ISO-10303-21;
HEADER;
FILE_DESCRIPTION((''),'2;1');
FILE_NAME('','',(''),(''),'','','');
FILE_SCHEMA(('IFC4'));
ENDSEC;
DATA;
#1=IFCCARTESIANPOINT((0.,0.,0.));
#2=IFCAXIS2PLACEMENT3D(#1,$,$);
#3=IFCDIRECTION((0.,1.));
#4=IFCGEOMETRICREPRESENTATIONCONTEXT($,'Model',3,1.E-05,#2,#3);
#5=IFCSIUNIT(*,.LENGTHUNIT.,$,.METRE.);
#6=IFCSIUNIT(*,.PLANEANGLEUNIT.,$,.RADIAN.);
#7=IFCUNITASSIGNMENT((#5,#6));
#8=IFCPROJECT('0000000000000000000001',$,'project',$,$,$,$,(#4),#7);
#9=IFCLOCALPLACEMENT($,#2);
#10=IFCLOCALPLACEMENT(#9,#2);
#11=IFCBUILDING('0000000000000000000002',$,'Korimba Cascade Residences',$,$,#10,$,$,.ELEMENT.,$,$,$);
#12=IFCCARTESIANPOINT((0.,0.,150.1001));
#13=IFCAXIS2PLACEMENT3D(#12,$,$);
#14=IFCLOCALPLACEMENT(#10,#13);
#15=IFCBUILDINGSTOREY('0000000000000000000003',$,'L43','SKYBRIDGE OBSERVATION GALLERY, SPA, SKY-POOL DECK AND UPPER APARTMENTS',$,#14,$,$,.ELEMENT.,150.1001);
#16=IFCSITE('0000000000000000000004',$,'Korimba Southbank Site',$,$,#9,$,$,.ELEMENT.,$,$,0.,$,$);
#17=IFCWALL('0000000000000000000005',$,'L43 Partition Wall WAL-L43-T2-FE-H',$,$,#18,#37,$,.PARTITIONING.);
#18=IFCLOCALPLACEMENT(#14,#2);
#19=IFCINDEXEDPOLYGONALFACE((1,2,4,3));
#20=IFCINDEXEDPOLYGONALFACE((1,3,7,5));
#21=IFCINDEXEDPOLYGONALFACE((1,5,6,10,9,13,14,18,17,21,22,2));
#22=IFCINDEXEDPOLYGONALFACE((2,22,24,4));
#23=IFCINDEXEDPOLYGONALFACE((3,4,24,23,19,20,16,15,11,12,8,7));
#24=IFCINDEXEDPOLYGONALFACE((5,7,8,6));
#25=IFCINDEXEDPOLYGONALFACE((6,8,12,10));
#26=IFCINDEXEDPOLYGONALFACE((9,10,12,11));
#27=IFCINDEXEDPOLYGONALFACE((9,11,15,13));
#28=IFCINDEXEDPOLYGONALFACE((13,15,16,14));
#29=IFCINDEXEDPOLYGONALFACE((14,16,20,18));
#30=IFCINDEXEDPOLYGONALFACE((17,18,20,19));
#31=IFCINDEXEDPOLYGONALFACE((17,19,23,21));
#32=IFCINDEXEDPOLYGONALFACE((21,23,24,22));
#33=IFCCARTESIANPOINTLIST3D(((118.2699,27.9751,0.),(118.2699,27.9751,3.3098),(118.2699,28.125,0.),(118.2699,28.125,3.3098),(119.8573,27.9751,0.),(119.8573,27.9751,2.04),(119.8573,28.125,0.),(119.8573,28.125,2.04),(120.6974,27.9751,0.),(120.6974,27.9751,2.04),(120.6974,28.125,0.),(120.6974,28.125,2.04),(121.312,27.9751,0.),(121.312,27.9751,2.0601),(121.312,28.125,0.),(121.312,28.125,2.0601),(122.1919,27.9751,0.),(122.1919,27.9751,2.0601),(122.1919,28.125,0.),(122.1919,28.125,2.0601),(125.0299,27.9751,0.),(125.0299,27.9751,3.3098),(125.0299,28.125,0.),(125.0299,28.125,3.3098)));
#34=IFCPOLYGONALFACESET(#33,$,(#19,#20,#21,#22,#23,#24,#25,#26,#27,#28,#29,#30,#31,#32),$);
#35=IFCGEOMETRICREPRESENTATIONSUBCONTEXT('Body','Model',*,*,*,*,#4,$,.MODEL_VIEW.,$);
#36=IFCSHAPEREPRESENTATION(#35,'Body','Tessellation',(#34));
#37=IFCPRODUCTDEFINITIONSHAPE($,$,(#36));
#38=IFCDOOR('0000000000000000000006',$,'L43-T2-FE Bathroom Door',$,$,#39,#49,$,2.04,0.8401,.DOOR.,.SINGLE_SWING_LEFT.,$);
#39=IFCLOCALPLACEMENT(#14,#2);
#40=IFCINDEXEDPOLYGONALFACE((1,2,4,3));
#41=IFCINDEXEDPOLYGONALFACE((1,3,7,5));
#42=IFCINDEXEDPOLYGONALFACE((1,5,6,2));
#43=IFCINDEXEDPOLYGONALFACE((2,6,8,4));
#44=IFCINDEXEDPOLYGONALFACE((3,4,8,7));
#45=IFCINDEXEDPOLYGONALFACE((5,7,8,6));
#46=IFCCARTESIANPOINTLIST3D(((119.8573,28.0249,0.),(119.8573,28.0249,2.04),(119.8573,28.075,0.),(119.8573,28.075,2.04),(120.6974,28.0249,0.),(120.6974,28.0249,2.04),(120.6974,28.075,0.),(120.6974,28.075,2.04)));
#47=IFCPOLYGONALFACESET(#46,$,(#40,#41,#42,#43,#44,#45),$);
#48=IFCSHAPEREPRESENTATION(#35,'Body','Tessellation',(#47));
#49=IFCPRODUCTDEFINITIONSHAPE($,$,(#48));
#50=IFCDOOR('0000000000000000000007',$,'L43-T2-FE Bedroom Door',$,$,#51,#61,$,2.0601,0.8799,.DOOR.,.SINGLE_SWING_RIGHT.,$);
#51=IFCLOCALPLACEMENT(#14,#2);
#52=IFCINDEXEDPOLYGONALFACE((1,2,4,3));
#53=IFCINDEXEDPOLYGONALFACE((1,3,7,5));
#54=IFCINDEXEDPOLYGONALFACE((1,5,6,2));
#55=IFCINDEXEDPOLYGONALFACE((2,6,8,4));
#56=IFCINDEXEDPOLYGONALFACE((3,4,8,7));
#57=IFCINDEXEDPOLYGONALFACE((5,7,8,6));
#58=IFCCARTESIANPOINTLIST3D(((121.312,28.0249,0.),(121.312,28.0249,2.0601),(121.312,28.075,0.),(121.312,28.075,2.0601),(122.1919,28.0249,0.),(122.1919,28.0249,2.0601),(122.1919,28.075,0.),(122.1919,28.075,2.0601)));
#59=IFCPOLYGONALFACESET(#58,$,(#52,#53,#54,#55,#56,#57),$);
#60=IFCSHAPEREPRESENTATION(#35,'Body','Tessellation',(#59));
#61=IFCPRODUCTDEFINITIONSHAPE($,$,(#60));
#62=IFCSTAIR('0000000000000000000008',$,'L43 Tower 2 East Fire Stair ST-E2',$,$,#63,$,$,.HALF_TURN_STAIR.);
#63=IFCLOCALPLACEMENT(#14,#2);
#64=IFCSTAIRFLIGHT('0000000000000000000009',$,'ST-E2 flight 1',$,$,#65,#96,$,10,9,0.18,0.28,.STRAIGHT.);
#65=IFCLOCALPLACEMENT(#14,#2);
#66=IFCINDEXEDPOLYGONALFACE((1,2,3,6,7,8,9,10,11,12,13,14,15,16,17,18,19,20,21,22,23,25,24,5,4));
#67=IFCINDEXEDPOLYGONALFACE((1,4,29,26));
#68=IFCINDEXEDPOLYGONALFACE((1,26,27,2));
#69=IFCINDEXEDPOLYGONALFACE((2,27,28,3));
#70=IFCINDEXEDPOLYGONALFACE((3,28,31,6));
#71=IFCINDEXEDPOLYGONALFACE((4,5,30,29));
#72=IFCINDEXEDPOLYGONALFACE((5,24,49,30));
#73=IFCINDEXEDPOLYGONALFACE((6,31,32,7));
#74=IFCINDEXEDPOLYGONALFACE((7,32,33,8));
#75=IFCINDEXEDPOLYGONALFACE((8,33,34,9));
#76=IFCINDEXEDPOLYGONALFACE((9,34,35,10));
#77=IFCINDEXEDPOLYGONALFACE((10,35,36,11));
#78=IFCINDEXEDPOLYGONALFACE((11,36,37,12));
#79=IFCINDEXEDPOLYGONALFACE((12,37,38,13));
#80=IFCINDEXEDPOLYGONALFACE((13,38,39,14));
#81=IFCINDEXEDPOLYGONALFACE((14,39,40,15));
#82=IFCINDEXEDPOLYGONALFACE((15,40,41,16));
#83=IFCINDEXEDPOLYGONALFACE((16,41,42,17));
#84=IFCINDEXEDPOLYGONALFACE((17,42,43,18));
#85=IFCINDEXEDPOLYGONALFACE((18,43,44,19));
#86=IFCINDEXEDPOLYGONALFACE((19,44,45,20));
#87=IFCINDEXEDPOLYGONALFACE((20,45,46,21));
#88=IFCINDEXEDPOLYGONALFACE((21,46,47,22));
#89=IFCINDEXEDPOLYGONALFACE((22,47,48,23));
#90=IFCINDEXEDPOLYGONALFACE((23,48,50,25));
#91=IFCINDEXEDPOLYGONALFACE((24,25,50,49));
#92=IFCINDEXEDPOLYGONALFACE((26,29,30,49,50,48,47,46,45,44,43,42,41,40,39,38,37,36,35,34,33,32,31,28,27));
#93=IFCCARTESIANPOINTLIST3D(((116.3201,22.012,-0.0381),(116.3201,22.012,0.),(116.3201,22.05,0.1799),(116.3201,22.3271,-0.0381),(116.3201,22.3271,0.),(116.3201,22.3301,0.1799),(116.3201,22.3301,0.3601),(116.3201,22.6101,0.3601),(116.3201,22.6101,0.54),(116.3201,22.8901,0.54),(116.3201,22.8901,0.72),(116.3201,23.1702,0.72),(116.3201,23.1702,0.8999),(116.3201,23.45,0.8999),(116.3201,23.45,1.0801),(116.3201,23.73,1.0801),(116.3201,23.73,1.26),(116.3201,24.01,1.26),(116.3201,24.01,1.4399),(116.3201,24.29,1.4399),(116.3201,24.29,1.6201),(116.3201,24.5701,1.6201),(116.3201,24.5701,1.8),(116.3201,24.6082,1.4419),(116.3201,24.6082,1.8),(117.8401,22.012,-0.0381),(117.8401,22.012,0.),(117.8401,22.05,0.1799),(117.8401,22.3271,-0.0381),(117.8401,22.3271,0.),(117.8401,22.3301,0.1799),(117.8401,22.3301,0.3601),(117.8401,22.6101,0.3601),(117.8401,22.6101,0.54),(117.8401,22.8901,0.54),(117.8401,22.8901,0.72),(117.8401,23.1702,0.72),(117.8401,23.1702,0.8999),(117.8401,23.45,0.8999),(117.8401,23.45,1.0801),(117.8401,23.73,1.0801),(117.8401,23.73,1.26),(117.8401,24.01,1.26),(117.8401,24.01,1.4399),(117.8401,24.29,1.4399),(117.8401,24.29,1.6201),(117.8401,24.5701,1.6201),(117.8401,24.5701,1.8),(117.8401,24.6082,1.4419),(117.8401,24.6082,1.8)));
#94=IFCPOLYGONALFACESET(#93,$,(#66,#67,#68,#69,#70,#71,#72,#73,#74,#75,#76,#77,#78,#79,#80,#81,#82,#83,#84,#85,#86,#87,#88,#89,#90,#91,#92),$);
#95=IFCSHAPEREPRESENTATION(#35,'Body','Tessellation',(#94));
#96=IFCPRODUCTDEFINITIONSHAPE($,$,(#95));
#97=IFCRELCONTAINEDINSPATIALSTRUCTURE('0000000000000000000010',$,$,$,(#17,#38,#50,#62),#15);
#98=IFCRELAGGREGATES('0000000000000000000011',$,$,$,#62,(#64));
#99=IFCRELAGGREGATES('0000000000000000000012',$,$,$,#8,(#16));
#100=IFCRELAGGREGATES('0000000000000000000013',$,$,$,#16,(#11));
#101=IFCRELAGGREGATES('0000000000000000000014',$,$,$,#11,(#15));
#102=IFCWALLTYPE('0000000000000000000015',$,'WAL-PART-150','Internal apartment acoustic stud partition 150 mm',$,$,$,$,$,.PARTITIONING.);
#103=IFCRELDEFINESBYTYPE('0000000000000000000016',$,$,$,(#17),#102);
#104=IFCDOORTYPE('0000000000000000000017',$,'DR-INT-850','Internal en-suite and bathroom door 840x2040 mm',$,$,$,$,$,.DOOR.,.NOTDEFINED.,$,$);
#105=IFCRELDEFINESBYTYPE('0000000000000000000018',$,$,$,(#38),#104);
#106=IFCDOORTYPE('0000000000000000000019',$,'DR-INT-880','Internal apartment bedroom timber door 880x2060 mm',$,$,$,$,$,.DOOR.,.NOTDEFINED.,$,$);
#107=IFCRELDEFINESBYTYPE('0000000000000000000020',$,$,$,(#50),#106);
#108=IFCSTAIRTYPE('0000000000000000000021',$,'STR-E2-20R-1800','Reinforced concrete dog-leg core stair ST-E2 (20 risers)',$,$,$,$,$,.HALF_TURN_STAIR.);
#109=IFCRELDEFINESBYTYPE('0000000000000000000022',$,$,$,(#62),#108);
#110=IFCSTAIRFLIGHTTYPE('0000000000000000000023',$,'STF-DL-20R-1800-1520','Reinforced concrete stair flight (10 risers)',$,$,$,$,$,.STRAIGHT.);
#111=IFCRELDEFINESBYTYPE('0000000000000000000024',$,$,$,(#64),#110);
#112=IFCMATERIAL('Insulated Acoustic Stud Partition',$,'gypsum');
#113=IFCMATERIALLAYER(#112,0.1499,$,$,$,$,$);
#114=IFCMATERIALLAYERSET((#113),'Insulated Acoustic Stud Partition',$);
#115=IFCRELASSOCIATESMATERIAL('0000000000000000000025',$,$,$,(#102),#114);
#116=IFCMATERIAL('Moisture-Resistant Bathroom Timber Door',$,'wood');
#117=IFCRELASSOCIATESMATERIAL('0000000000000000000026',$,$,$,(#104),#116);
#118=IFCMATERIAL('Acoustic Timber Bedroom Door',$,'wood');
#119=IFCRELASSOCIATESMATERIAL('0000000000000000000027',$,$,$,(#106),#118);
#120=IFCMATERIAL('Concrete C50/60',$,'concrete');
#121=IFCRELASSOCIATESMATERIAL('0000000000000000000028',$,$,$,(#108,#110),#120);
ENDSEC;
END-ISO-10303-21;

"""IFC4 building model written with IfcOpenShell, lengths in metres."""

from ifc_helpers import new_model, si_unit, direction, frame, frame_2d, origin, place, context, subcontext, project, spatial, polyline, rectangle, outline, extrude, material, layer, layer_set, type_object, element, fill, aggregate, save


model = new_model("IFC4")

# Units and contexts
model_context = context("Model", 3, precision=1e-05, world=origin(), true_north=direction((0.0, 1.0)))
body_context = subcontext(model_context, "Body", "Model", "MODEL_VIEW")
ifc_project = project(units=[si_unit("LENGTHUNIT", "METRE"), si_unit("PLANEANGLEUNIT", "RADIAN")], contexts=[model_context])

# Site, building, storey
site_placement = place(None, origin())
site = spatial("IfcSite", under=ifc_project, at=site_placement, Name="Korimba Southbank Site", CompositionType="ELEMENT", RefElevation=0.0)
building_placement = place(site_placement, origin())
building = spatial("IfcBuilding", under=site, at=building_placement, Name="Korimba Cascade Residences", CompositionType="ELEMENT")
storey_placement = place(building_placement, frame((0.0, 0.0, 150.1001)))
storey = spatial("IfcBuildingStorey", under=building, at=storey_placement, Name="L43", Description="SKYBRIDGE OBSERVATION GALLERY, SPA, SKY-POOL DECK AND UPPER APARTMENTS", CompositionType="ELEMENT", Elevation=150.1001)

# Shared definitions
ifc_material_1 = material(Name="Insulated Acoustic Stud Partition", Category="gypsum")
ifc_layer_1 = layer(ifc_material_1, 0.1499)
ifc_layer_set_1 = layer_set([ifc_layer_1], Name="Insulated Acoustic Stud Partition")
wall_type_1 = type_object("IfcWallType", Name="WAL-PART-150", Description="Internal apartment acoustic stud partition 150 mm", PredefinedType="PARTITIONING", material=ifc_layer_set_1)
ifc_material_2 = material(Name="Moisture-Resistant Bathroom Timber Door", Category="wood")
door_type_1 = type_object("IfcDoorType", Name="DR-INT-850", Description="Internal en-suite and bathroom door 840x2040 mm", OperationType="NOTDEFINED", PredefinedType="DOOR", material=ifc_material_2)

# Wall, openings, doors
wall_1_placement = place(storey_placement, frame((118.27, 28.05, 0.0), z_axis=(0.0, 0.0, 1.0), x_axis=(1.0, 0.0, 0.0)))
wall_1 = element("IfcWall", 1, at=wall_1_placement, inside=storey, type_object=wall_type_1, Name="L43 Partition Wall WAL-L43-T2-FE-H", PredefinedType="PARTITIONING", context=body_context, shape_type="SweptSolid", body=[
    extrude(rectangle(XDim=6.76, YDim=0.1499, at=frame_2d((3.3799, 0.0))), origin(), (0.0, 0.0, 1.0), 3.3098),
])
opening_1_placement = place(wall_1_placement, frame((1.5874, 0.0, 0.0)))
opening_1 = element("IfcOpeningElement", 2, at=opening_1_placement, cuts=wall_1, PredefinedType="OPENING", context=body_context, shape_type="SweptSolid", body=[
    extrude(rectangle(XDim=0.8401, YDim=2.04, at=frame_2d((0.4199, 1.02))), frame((0.0, 0.085, 0.0), z_axis=(0.0, -1.0, 0.0), x_axis=(1.0, 0.0, 0.0)), (0.0, 0.0, 1.0), 0.1699),
])
opening_2_placement = place(wall_1_placement, frame((3.042, 0.0, 0.0)))
opening_2 = element("IfcOpeningElement", 3, at=opening_2_placement, cuts=wall_1, PredefinedType="OPENING", context=body_context, shape_type="SweptSolid", body=[
    extrude(rectangle(XDim=0.8799, YDim=2.0601, at=frame_2d((0.4399, 1.03))), frame((0.0, 0.085, 0.0), z_axis=(0.0, -1.0, 0.0), x_axis=(1.0, 0.0, 0.0)), (0.0, 0.0, 1.0), 0.1699),
])
door_1_placement = place(opening_1_placement, origin())
door_1 = element("IfcDoor", 4, at=door_1_placement, inside=storey, type_object=door_type_1, Name="L43-T2-FE Bathroom Door", OperationType="SINGLE_SWING_LEFT", OverallHeight=2.04, OverallWidth=0.8401, PredefinedType="DOOR", context=body_context, shape_type="SweptSolid", body=[
    extrude(rectangle(XDim=0.8401, YDim=2.04, at=frame_2d((0.4199, 1.02))), frame((0.0, 0.0249, 0.0), z_axis=(0.0, -1.0, 0.0), x_axis=(1.0, 0.0, 0.0)), (0.0, 0.0, 1.0), 0.05),
])
fill(opening_1, door_1)
ifc_material_3 = material(Name="Acoustic Timber Bedroom Door", Category="wood")
door_type_2 = type_object("IfcDoorType", Name="DR-INT-880", Description="Internal apartment bedroom timber door 880x2060 mm", OperationType="NOTDEFINED", PredefinedType="DOOR", material=ifc_material_3)
door_2_placement = place(opening_2_placement, origin())
door_2 = element("IfcDoor", 5, at=door_2_placement, inside=storey, type_object=door_type_2, Name="L43-T2-FE Bedroom Door", OperationType="SINGLE_SWING_RIGHT", OverallHeight=2.0601, OverallWidth=0.8799, PredefinedType="DOOR", context=body_context, shape_type="SweptSolid", body=[
    extrude(rectangle(XDim=0.8799, YDim=2.0601, at=frame_2d((0.4399, 1.03))), frame((0.0, 0.0249, 0.0), z_axis=(0.0, -1.0, 0.0), x_axis=(1.0, 0.0, 0.0)), (0.0, 0.0, 1.0), 0.05),
])
fill(opening_2, door_2)

# Stair, stair flight
ifc_material_4 = material(Name="Concrete C50/60", Category="concrete")
stair_type = type_object("IfcStairType", Name="STR-E2-20R-1800", Description="Reinforced concrete dog-leg core stair ST-E2 (20 risers)", PredefinedType="HALF_TURN_STAIR", material=ifc_material_4)
stair_placement = place(storey_placement, origin())
stair = element("IfcStair", 6, at=stair_placement, inside=storey, type_object=stair_type, Name="L43 Tower 2 East Fire Stair ST-E2", PredefinedType="HALF_TURN_STAIR")
stair_flight_type = type_object("IfcStairFlightType", Name="STF-DL-20R-1800-1520", Description="Reinforced concrete stair flight (10 risers)", PredefinedType="STRAIGHT", material=ifc_material_4)
stair_flight_placement = place(storey_placement, frame((117.0801, 22.05, 0.0), z_axis=(0.0, 0.0, 1.0), x_axis=(0.0, 1.0, 0.0)))
stair_flight = element("IfcStairFlight", 7, at=stair_flight_placement, type_object=stair_flight_type, Name="ST-E2 flight 1", NumberOfRisers=10, NumberOfTreads=9, PredefinedType="STRAIGHT", RiserHeight=0.18, TreadLength=0.28, context=body_context, shape_type="SweptSolid", body=[
    extrude(outline(polyline([(-0.0381, 0.0), (0.0, 0.1799), (0.28, 0.1799), (0.28, 0.3601), (0.5601, 0.3601), (0.5601, 0.54), (0.8401, 0.54), (0.8401, 0.72), (1.1201, 0.72), (1.1201, 0.8999), (1.3999, 0.8999), (1.3999, 1.0801), (1.6799, 1.0801), (1.6799, 1.26), (1.96, 1.26), (1.96, 1.4399), (2.24, 1.4399), (2.24, 1.6201), (2.52, 1.6201), (2.52, 1.8), (2.5581, 1.8), (2.5581, 1.4419), (0.2771, 0.0), (0.2771, -0.0381), (-0.0381, -0.0381), (-0.0381, 0.0)])), frame((0.0, 0.76, 0.0), z_axis=(0.0, -1.0, 0.0), x_axis=(1.0, 0.0, 0.0)), (0.0, 0.0, 1.0), 1.52),
])
aggregate(stair, [stair_flight])

save(model, "model.ifc")
